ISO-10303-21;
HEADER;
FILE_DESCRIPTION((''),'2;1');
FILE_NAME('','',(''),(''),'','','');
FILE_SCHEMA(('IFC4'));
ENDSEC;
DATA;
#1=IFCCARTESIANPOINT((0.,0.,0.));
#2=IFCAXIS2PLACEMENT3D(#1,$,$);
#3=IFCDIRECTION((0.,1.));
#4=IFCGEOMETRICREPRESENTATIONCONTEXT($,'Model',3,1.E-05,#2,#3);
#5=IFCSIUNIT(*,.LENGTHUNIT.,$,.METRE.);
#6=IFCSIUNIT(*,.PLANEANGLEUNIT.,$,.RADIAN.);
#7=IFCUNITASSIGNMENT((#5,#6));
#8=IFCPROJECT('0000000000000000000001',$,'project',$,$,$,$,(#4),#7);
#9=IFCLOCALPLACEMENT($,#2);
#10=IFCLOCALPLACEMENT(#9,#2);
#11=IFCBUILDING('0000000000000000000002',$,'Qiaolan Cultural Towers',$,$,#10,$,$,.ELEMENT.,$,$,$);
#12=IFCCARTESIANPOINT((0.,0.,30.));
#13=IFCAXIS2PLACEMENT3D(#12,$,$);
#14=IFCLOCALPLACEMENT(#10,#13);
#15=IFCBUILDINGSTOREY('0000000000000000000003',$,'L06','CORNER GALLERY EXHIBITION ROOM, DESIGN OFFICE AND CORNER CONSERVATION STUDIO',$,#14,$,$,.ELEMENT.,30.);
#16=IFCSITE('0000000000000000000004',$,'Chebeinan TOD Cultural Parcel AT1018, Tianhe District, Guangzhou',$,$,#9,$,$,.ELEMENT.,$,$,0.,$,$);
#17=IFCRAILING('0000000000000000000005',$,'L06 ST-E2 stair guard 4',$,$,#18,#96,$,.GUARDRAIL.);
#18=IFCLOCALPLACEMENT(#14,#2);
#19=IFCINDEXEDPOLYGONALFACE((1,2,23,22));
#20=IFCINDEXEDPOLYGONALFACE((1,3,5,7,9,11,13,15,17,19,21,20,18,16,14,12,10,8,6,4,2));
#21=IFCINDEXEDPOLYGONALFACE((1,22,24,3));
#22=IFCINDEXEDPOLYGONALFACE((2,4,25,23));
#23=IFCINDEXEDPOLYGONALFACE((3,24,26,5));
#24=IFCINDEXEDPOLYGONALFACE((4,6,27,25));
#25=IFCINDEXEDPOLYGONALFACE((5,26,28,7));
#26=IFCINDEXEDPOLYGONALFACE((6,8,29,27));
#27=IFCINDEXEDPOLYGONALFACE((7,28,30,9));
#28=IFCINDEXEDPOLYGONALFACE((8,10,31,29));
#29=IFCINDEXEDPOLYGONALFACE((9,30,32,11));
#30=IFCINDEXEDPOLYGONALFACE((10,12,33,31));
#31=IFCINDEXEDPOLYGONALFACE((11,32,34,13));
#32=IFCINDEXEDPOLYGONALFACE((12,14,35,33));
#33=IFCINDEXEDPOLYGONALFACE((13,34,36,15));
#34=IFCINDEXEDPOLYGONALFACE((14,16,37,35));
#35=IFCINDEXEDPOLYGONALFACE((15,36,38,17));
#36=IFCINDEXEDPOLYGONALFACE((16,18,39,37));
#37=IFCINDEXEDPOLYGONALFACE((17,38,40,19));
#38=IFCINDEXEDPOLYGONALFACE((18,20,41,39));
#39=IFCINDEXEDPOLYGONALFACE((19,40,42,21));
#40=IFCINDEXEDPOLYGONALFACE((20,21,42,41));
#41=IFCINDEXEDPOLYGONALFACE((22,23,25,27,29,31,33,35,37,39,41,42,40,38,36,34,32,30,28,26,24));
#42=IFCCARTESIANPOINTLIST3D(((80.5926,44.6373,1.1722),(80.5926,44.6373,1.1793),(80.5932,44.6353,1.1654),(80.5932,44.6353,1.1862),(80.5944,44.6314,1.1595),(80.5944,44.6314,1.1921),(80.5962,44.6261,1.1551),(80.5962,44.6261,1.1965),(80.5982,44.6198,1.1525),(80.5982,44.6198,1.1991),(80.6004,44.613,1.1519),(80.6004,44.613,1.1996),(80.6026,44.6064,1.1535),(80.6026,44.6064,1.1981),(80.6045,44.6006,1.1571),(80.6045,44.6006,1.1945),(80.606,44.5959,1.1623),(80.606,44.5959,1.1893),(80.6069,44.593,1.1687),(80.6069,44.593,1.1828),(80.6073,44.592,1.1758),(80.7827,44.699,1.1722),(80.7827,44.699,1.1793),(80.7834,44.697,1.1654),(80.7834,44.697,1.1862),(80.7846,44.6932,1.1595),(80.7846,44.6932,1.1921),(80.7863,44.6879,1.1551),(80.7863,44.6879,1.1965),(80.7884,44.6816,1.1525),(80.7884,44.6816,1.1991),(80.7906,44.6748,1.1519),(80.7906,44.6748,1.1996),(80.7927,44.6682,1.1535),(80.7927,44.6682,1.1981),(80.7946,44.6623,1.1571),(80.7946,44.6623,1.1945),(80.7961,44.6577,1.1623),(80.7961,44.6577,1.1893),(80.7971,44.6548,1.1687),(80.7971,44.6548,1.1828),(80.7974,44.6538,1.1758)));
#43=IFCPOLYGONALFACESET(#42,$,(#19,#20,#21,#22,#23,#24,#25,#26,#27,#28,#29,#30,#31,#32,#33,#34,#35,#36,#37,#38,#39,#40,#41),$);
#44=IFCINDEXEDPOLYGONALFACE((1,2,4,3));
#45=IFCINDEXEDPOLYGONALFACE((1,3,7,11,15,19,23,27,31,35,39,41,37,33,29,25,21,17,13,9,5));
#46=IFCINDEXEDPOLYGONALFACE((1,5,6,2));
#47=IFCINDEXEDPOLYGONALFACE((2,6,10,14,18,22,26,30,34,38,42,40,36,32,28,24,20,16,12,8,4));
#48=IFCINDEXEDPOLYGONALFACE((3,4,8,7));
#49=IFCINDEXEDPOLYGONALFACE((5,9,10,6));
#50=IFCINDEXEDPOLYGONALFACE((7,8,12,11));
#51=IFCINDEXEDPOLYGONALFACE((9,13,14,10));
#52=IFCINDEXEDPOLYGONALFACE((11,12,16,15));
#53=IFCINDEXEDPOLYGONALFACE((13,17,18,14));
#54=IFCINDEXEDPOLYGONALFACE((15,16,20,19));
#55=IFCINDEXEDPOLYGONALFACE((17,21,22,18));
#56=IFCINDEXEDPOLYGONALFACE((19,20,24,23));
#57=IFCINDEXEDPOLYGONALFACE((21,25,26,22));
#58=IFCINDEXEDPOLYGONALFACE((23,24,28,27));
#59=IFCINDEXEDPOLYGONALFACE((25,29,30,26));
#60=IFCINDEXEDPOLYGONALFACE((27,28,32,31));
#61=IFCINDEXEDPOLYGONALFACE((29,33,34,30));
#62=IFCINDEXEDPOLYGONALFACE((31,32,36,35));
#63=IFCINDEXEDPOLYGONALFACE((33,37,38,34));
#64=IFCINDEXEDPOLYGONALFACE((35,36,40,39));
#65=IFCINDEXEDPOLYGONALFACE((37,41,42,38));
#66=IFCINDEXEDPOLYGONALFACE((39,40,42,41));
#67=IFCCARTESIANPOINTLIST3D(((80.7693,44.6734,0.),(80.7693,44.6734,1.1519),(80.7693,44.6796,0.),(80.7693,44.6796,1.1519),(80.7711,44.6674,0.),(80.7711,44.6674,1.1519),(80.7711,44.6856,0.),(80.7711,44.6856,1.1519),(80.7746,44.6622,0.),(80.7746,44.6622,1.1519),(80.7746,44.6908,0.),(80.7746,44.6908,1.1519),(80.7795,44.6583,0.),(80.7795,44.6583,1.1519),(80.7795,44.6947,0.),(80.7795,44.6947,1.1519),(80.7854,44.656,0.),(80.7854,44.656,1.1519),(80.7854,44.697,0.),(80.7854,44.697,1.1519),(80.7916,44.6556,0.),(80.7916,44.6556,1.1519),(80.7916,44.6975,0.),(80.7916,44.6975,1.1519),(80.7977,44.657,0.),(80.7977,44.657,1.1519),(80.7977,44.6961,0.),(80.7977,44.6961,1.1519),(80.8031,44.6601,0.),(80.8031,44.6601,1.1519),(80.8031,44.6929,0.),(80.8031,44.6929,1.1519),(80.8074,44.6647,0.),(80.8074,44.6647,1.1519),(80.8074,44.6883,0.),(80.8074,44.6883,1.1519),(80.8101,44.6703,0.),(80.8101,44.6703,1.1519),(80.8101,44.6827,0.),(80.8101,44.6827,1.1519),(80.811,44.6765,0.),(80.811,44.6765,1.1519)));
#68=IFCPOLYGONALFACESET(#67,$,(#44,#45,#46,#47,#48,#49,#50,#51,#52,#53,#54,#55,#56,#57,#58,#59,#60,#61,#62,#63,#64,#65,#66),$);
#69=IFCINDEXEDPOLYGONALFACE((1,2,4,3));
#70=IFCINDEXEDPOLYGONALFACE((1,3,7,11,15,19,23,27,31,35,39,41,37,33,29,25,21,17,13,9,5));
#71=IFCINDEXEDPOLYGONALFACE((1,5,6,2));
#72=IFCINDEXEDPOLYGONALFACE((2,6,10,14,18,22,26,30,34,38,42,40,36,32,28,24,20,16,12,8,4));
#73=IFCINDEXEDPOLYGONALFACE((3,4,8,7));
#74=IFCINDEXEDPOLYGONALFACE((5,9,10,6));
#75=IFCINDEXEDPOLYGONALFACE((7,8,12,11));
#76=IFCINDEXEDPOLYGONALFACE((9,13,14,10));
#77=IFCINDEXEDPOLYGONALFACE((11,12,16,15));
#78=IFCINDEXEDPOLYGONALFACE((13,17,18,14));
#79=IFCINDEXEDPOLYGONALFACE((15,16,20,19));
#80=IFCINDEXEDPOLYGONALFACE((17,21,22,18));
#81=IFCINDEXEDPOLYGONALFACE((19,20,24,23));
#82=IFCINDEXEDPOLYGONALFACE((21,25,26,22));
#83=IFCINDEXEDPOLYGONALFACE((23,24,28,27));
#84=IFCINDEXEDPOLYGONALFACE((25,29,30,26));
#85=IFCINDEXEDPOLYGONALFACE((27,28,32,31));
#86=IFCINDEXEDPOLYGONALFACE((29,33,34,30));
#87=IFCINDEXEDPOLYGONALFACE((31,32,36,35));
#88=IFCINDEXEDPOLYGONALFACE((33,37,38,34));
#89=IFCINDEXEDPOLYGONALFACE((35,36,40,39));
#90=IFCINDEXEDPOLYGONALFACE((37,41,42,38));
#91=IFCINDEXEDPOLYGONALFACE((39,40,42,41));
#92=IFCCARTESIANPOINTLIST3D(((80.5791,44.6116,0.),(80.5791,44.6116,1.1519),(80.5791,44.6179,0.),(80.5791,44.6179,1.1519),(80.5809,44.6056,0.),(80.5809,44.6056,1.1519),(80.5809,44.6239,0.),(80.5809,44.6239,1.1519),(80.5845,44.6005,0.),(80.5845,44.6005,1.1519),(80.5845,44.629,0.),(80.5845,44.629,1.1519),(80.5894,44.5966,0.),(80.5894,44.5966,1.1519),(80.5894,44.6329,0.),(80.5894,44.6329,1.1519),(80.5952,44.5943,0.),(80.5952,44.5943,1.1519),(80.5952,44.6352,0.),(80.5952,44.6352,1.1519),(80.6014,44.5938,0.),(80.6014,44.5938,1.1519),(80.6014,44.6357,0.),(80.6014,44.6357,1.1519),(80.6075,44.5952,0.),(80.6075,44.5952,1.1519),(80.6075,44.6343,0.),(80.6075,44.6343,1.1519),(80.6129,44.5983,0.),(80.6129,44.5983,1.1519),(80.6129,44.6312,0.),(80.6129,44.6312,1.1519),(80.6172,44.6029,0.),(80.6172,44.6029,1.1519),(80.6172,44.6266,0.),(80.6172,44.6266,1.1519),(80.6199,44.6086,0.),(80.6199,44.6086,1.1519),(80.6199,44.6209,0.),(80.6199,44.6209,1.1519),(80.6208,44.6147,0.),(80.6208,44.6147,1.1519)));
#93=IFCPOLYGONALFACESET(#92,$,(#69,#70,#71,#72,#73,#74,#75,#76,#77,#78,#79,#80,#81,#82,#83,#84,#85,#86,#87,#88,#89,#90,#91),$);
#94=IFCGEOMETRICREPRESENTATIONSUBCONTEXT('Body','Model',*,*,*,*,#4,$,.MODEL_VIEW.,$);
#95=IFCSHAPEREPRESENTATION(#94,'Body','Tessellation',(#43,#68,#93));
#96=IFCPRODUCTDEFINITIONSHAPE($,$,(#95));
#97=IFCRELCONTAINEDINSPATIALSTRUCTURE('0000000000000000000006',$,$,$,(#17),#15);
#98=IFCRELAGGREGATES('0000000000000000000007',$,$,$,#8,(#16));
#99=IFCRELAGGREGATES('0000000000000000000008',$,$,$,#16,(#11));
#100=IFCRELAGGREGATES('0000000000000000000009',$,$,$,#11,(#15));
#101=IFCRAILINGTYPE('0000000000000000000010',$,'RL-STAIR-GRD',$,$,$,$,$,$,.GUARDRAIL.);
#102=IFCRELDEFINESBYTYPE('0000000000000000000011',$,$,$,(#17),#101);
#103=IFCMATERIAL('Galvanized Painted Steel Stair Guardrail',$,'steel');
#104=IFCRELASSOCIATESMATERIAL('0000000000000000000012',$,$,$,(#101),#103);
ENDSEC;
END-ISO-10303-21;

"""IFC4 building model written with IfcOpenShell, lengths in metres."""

from ifc_helpers import new_model, si_unit, direction, frame, origin, origin_2d, place, context, subcontext, project, spatial, circle, extrude, material, type_object, element, save


model = new_model("IFC4")

# Units and contexts
model_context = context("Model", 3, precision=1e-05, world=origin(), true_north=direction((0.0, 1.0)))
body_context = subcontext(model_context, "Body", "Model", "MODEL_VIEW")
ifc_project = project(units=[si_unit("LENGTHUNIT", "METRE"), si_unit("PLANEANGLEUNIT", "RADIAN")], contexts=[model_context])

# Site, building, storey
site_placement = place(None, origin())
site = spatial("IfcSite", under=ifc_project, at=site_placement, Name="Chebeinan TOD Cultural Parcel AT1018, Tianhe District, Guangzhou", CompositionType="ELEMENT", RefElevation=0.0)
building_placement = place(site_placement, origin())
building = spatial("IfcBuilding", under=site, at=building_placement, Name="Qiaolan Cultural Towers", CompositionType="ELEMENT")
storey_placement = place(building_placement, frame((0.0, 0.0, 30.0)))
storey = spatial("IfcBuildingStorey", under=building, at=storey_placement, Name="L06", Description="CORNER GALLERY EXHIBITION ROOM, DESIGN OFFICE AND CORNER CONSERVATION STUDIO", CompositionType="ELEMENT", Elevation=30.0)

# Railing
ifc_material_1 = material(Name="Galvanized Painted Steel Stair Guardrail", Category="steel")
railing_type_1 = type_object("IfcRailingType", Name="RL-STAIR-GRD", PredefinedType="GUARDRAIL", material=ifc_material_1)
railing_1_placement = place(storey_placement, frame((80.79, 44.6765, 0.0)))
element("IfcRailing", 1, at=railing_1_placement, inside=storey, type_object=railing_type_1, Name="L06 ST-E2 stair guard 4", PredefinedType="GUARDRAIL", context=body_context, shape_type="SweptSolid", body=[
    extrude(circle(Radius=0.0239, at=origin_2d()), frame((0.0, 0.0, 1.1758), z_axis=(-0.951097, -0.308893, 0.0), x_axis=(0.308893, -0.951097, 0.0)), (0.0, 0.0, 1.0), 0.2),
    extrude(circle(Radius=0.021, at=origin_2d()), origin(), (0.0, 0.0, 1.0), 1.1519),
    extrude(circle(Radius=0.021, at=origin_2d()), frame((-0.1902, -0.0618, 0.0)), (0.0, 0.0, 1.0), 1.1519),
])

save(model, "model.ifc")
